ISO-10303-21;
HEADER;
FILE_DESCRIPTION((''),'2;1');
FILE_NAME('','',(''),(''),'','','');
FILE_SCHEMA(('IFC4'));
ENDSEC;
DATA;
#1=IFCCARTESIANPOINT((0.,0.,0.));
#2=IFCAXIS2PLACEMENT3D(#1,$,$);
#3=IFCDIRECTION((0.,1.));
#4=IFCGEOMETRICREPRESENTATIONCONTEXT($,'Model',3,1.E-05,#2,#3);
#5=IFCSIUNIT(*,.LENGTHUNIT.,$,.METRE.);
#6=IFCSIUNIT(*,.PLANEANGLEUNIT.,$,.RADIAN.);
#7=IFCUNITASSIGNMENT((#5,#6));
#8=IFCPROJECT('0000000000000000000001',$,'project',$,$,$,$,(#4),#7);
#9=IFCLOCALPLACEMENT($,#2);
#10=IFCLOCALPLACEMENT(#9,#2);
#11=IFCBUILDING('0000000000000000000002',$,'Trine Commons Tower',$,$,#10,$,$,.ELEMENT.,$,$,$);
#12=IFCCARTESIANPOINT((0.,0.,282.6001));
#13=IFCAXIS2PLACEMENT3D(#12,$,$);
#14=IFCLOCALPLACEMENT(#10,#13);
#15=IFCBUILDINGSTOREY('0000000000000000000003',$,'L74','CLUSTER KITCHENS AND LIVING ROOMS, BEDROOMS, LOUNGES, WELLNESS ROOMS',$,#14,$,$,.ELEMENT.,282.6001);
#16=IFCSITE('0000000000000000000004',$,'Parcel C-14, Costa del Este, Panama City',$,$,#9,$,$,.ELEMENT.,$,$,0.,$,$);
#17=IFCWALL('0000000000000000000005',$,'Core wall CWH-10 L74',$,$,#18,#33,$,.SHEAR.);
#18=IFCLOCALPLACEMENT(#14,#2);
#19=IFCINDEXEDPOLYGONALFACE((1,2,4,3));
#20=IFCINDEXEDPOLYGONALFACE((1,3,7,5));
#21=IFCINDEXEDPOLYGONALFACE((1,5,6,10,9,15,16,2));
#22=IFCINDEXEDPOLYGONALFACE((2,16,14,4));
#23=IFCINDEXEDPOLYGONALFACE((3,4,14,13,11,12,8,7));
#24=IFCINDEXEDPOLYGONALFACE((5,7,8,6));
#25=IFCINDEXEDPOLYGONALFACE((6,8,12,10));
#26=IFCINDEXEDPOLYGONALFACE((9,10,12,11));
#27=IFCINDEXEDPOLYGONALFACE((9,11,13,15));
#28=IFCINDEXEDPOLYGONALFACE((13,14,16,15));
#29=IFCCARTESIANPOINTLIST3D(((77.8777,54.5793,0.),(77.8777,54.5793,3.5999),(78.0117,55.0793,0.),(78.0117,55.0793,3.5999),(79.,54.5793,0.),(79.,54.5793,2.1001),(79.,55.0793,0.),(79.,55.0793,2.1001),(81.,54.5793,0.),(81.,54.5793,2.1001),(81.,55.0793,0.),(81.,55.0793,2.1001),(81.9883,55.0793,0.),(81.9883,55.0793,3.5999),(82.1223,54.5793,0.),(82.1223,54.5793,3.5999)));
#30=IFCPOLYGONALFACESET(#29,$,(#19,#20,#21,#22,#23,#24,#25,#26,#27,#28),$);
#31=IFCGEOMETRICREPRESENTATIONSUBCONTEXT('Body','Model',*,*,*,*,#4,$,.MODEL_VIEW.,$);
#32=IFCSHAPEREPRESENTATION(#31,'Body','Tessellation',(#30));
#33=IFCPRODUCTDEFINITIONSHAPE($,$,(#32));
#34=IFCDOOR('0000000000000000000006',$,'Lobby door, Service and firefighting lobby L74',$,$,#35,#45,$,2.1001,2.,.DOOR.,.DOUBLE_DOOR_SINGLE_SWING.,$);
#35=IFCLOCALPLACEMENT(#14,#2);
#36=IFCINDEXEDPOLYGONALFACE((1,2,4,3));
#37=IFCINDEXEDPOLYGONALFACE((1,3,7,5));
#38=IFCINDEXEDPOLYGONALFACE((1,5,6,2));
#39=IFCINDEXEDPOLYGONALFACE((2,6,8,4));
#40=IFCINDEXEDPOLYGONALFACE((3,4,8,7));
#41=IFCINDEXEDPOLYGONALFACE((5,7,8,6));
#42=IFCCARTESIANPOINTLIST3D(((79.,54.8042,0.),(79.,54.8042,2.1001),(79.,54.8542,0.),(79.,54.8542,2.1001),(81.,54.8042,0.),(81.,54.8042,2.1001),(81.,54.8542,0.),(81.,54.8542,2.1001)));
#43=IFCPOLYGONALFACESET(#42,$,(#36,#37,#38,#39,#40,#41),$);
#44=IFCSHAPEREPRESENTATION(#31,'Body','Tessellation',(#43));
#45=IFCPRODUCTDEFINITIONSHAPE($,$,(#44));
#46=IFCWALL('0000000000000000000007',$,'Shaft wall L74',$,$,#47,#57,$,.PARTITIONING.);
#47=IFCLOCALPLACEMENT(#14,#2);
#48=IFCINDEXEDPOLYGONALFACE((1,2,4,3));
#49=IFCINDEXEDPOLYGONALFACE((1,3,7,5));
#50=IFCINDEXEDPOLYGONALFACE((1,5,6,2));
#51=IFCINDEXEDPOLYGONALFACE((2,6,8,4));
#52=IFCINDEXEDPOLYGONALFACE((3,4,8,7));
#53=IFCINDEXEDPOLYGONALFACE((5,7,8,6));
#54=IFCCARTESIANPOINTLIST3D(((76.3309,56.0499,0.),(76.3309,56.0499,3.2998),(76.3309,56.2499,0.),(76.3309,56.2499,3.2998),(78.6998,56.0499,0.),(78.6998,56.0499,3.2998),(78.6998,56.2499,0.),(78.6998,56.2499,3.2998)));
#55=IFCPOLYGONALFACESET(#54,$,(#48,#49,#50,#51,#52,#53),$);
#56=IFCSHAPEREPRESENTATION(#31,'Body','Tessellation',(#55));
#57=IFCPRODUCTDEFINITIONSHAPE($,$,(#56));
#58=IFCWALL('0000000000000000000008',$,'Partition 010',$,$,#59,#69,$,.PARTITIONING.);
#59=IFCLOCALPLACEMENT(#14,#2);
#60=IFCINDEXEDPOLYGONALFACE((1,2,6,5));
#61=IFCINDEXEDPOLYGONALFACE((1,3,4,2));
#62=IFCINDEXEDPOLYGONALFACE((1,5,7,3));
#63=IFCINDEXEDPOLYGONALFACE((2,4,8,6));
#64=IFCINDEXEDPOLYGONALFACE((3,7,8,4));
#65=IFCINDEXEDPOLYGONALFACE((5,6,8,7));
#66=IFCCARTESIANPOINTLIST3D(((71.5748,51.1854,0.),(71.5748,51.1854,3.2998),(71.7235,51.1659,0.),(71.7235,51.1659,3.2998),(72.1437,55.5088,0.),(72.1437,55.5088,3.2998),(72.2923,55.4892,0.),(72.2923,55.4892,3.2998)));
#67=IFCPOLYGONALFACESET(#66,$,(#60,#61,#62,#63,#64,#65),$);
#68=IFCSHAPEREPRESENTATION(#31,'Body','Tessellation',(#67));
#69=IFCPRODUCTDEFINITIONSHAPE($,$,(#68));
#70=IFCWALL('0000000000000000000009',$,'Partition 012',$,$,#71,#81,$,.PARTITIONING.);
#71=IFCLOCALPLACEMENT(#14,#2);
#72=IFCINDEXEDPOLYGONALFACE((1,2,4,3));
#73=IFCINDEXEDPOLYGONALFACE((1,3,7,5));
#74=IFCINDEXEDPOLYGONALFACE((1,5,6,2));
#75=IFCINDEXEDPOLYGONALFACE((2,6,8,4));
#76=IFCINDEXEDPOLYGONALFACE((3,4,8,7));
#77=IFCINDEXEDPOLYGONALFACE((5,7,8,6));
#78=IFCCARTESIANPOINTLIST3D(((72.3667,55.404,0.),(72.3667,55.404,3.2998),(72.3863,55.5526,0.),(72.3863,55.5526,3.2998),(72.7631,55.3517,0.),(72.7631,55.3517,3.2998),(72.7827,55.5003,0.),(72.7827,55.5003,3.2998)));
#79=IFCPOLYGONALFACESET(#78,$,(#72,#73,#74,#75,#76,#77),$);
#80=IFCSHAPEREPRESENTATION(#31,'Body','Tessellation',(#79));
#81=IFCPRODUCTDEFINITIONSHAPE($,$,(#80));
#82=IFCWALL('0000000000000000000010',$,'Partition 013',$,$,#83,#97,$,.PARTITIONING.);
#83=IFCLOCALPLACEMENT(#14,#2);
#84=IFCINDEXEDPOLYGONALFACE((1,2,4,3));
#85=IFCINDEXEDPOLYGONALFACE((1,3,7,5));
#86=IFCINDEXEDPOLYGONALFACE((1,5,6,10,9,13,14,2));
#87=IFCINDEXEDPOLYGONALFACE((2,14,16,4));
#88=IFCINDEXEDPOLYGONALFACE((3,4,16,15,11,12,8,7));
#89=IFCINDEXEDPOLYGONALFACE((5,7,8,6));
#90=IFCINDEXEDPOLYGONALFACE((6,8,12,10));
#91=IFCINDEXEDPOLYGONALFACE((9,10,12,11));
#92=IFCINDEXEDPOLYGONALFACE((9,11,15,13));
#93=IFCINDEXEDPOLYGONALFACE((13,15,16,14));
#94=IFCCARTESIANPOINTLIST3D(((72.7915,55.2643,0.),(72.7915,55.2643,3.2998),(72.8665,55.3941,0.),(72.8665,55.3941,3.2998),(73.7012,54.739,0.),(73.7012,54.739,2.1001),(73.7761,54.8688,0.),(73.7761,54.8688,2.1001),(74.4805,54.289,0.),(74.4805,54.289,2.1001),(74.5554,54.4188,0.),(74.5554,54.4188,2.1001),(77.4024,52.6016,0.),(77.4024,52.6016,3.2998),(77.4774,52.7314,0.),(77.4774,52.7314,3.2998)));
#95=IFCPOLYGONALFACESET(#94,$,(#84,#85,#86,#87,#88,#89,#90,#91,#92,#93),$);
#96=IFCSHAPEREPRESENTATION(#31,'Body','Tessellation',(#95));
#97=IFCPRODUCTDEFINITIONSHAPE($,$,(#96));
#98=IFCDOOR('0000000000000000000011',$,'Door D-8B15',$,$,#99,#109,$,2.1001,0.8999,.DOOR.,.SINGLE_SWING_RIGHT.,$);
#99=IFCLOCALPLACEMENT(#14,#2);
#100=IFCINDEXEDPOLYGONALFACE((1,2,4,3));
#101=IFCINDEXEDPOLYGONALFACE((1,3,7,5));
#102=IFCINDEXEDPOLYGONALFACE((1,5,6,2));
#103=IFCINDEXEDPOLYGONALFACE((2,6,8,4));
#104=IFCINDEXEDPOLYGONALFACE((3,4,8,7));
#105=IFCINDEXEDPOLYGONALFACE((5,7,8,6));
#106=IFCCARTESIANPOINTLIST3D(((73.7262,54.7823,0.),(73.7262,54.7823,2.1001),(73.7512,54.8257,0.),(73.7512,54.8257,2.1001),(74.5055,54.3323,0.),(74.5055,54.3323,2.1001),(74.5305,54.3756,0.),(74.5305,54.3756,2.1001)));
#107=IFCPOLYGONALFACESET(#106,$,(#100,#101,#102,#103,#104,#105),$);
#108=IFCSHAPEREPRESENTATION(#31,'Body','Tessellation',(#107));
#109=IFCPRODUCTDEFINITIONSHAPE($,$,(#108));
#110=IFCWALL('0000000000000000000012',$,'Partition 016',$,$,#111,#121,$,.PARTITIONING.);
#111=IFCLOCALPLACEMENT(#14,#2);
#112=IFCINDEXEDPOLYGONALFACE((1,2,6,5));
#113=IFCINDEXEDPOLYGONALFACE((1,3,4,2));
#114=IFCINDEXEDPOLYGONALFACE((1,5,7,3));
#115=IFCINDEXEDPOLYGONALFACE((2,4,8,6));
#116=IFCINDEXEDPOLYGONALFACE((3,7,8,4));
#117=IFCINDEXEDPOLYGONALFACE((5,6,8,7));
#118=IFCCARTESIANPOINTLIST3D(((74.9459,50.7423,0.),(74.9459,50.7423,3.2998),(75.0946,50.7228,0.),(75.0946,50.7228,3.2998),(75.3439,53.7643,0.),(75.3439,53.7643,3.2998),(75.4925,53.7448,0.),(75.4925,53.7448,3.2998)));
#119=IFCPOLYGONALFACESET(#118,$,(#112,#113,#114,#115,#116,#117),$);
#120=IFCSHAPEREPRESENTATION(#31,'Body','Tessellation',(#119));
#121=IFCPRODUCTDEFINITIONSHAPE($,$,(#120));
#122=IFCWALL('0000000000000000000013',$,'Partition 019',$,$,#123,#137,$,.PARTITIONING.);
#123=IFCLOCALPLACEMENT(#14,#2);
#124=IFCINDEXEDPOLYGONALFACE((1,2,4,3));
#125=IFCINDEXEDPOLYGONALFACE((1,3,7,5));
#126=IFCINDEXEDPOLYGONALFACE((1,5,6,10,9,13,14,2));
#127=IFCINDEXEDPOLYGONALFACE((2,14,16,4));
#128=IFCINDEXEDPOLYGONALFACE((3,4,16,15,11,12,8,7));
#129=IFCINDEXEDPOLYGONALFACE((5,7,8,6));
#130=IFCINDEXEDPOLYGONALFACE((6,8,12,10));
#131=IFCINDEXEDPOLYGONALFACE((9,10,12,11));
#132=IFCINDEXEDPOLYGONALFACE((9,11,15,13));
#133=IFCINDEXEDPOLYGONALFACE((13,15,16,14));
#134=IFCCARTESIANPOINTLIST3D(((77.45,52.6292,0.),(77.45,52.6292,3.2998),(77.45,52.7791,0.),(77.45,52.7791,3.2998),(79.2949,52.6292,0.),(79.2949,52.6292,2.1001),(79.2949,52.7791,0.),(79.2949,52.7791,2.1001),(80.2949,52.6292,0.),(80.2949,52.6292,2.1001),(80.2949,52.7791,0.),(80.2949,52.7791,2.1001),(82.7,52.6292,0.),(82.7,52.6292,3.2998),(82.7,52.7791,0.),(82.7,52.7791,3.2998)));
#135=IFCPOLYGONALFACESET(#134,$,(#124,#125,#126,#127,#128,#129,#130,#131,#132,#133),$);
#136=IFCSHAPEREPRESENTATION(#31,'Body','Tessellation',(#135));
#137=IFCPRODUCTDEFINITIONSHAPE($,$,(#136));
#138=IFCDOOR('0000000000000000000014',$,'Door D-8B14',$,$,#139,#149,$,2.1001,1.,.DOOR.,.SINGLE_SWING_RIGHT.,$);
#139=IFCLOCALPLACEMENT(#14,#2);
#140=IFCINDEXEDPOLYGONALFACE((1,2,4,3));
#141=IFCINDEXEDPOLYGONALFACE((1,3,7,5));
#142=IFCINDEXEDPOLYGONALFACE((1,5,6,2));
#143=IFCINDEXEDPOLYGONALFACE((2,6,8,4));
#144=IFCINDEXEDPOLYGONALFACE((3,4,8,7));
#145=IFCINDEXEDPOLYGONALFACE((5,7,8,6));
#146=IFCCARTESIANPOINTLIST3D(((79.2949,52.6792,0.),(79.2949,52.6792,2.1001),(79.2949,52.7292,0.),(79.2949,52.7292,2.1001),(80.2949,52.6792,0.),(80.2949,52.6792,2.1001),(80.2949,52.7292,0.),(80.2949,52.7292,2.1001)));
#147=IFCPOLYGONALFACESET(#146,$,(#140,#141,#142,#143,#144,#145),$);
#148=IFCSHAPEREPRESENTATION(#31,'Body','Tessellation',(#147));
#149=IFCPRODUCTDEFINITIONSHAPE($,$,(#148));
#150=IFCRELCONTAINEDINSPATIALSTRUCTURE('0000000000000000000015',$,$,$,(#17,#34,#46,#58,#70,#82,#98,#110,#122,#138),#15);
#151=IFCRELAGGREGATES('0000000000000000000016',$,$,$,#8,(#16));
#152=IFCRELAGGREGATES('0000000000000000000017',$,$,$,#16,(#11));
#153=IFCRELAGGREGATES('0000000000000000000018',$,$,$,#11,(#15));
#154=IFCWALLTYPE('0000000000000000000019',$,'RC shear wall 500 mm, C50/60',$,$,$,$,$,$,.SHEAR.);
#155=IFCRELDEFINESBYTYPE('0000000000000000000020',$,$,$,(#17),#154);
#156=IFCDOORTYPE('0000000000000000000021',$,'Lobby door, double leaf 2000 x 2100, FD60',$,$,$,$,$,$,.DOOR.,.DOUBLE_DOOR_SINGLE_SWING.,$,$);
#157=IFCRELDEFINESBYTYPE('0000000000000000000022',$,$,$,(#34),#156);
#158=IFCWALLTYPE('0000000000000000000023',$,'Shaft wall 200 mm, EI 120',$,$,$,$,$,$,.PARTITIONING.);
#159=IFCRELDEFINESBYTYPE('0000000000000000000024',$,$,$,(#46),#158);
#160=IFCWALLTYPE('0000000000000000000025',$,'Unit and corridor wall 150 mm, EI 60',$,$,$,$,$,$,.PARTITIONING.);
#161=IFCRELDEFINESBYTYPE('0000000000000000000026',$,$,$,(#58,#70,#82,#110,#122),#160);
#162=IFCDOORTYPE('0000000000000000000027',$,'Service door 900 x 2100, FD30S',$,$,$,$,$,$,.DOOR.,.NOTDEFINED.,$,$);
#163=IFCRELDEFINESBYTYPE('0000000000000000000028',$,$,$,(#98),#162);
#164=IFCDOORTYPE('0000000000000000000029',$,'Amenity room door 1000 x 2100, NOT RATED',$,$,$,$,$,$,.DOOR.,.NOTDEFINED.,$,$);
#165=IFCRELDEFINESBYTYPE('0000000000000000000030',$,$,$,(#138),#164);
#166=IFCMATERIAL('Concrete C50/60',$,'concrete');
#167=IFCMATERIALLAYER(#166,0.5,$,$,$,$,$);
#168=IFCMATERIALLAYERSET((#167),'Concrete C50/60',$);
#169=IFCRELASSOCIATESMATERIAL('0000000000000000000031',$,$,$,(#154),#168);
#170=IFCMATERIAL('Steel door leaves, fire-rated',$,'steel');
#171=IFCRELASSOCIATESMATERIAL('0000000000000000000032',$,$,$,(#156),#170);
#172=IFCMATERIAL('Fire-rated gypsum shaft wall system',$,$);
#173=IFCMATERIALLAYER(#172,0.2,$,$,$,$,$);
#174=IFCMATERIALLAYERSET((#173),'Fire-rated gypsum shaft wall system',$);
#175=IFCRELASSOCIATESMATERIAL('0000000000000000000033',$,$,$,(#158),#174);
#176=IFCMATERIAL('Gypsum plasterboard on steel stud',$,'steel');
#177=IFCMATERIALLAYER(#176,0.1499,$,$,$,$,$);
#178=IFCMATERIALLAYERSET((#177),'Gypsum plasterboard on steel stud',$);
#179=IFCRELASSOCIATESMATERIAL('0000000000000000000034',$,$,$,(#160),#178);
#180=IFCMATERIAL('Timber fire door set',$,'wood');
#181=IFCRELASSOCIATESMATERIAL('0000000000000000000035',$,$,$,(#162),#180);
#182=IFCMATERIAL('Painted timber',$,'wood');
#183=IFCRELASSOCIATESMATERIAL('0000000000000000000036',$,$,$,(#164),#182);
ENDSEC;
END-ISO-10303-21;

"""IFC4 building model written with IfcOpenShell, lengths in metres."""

from ifc_helpers import new_model, si_unit, direction, frame, frame_2d, origin, place, context, subcontext, project, spatial, polyline, rectangle, outline, extrude, material, layer, layer_set, type_object, element, fill, save


model = new_model("IFC4")

# Units and contexts
model_context = context("Model", 3, precision=1e-05, world=origin(), true_north=direction((0.0, 1.0)))
body_context = subcontext(model_context, "Body", "Model", "MODEL_VIEW")
ifc_project = project(units=[si_unit("LENGTHUNIT", "METRE"), si_unit("PLANEANGLEUNIT", "RADIAN")], contexts=[model_context])

# Site, building, storey
site_placement = place(None, origin())
site = spatial("IfcSite", under=ifc_project, at=site_placement, Name="Parcel C-14, Costa del Este, Panama City", CompositionType="ELEMENT", RefElevation=0.0)
building_placement = place(site_placement, origin())
building = spatial("IfcBuilding", under=site, at=building_placement, Name="Trine Commons Tower", CompositionType="ELEMENT")
storey_placement = place(building_placement, frame((0.0, 0.0, 282.6001)))
storey = spatial("IfcBuildingStorey", under=building, at=storey_placement, Name="L74", Description="CLUSTER KITCHENS AND LIVING ROOMS, BEDROOMS, LOUNGES, WELLNESS ROOMS", CompositionType="ELEMENT", Elevation=282.6001)

# Shared definitions
ifc_material_1 = material(Name="Concrete C50/60", Category="concrete")

# Shared definitions
ifc_layer_1 = layer(ifc_material_1, 0.5)
ifc_layer_set_1 = layer_set([ifc_layer_1], Name="Concrete C50/60")
wall_type_1 = type_object("IfcWallType", Name="RC shear wall 500 mm, C50/60", PredefinedType="SHEAR", material=ifc_layer_set_1)

# Wall, opening, door
wall_1_placement = place(storey_placement, frame((77.8777, 54.8293, 0.0), z_axis=(0.0, 0.0, 1.0), x_axis=(1.0, 0.0, 0.0)))
wall_1 = element("IfcWall", 1, at=wall_1_placement, inside=storey, type_object=wall_type_1, Name="Core wall CWH-10 L74", PredefinedType="SHEAR", context=body_context, shape_type="SweptSolid", body=[
    extrude(outline(polyline([(0.0, -0.25), (4.2446, -0.25), (4.1106, 0.25), (0.134, 0.25), (0.0, -0.25)])), origin(), (0.0, 0.0, 1.0), 3.5999),
])
opening_1_placement = place(wall_1_placement, frame((1.1223, 0.0, 0.0)))
opening_1 = element("IfcOpeningElement", 2, at=opening_1_placement, cuts=wall_1, PredefinedType="OPENING", context=body_context, shape_type="SweptSolid", body=[
    extrude(rectangle(XDim=2.0, YDim=2.1001, at=frame_2d((1.0, 1.05))), frame((0.0, 0.26, 0.0), z_axis=(0.0, -1.0, 0.0), x_axis=(1.0, 0.0, 0.0)), (0.0, 0.0, 1.0), 0.52),
])
ifc_material_2 = material(Name="Steel door leaves, fire-rated", Category="steel")
door_type_1 = type_object("IfcDoorType", Name="Lobby door, double leaf 2000 x 2100, FD60", OperationType="DOUBLE_DOOR_SINGLE_SWING", PredefinedType="DOOR", material=ifc_material_2)
door_1_placement = place(opening_1_placement, origin())
door_1 = element("IfcDoor", 3, at=door_1_placement, inside=storey, type_object=door_type_1, Name="Lobby door, Service and firefighting lobby L74", OperationType="DOUBLE_DOOR_SINGLE_SWING", OverallHeight=2.1001, OverallWidth=2.0, PredefinedType="DOOR", context=body_context, shape_type="SweptSolid", body=[
    extrude(rectangle(XDim=2.0, YDim=2.1001, at=frame_2d((1.0, 1.05))), frame((0.0, 0.0249, 0.0), z_axis=(0.0, -1.0, 0.0), x_axis=(1.0, 0.0, 0.0)), (0.0, 0.0, 1.0), 0.05),
])
fill(opening_1, door_1)

# Walls
ifc_material_3 = material(Name="Fire-rated gypsum shaft wall system")
ifc_layer_2 = layer(ifc_material_3, 0.2)
ifc_layer_set_2 = layer_set([ifc_layer_2], Name="Fire-rated gypsum shaft wall system")
wall_type_2 = type_object("IfcWallType", Name="Shaft wall 200 mm, EI 120", PredefinedType="PARTITIONING", material=ifc_layer_set_2)
wall_2_placement = place(storey_placement, frame((78.7, 56.1499, 0.0), z_axis=(0.0, 0.0, 1.0), x_axis=(-1.0, 0.0, 0.0)))
element("IfcWall", 4, at=wall_2_placement, inside=storey, type_object=wall_type_2, Name="Shaft wall L74", PredefinedType="PARTITIONING", context=body_context, shape_type="SweptSolid", body=[
    extrude(rectangle(XDim=2.3689, YDim=0.2, at=frame_2d((1.1846, 0.0))), origin(), (0.0, 0.0, 1.0), 3.2998),
])
ifc_material_4 = material(Name="Gypsum plasterboard on steel stud", Category="steel")
ifc_layer_3 = layer(ifc_material_4, 0.1499)
ifc_layer_set_3 = layer_set([ifc_layer_3], Name="Gypsum plasterboard on steel stud")
wall_type_3 = type_object("IfcWallType", Name="Unit and corridor wall 150 mm, EI 60", PredefinedType="PARTITIONING", material=ifc_layer_set_3)
wall_3_placement = place(storey_placement, frame((71.6492, 51.1758, 0.0), z_axis=(0.0, 0.0, 1.0), x_axis=(0.130455, 0.991454, 0.0)))
element("IfcWall", 5, at=wall_3_placement, inside=storey, type_object=wall_type_3, Name="Partition 010", PredefinedType="PARTITIONING", context=body_context, shape_type="SweptSolid", body=[
    extrude(rectangle(XDim=4.3606, YDim=0.1499, at=frame_2d((2.1802, 0.0))), origin(), (0.0, 0.0, 1.0), 3.2998),
])
wall_4_placement = place(storey_placement, frame((72.3765, 55.4783, 0.0), z_axis=(0.0, 0.0, 1.0), x_axis=(0.991429, -0.130644, 0.0)))
element("IfcWall", 6, at=wall_4_placement, inside=storey, type_object=wall_type_3, Name="Partition 012", PredefinedType="PARTITIONING", context=body_context, shape_type="SweptSolid", body=[
    extrude(rectangle(XDim=0.3999, YDim=0.1499, at=frame_2d((0.2, 0.0))), origin(), (0.0, 0.0, 1.0), 3.2998),
])

# Wall, opening, door
wall_5_placement = place(storey_placement, frame((72.8291, 55.3291, 0.0), z_axis=(0.0, 0.0, 1.0), x_axis=(0.865982, -0.500074, 0.0)))
wall_5 = element("IfcWall", 7, at=wall_5_placement, inside=storey, type_object=wall_type_3, Name="Partition 013", PredefinedType="PARTITIONING", context=body_context, shape_type="SweptSolid", body=[
    extrude(rectangle(XDim=5.3245, YDim=0.1499, at=frame_2d((2.6621, 0.0))), origin(), (0.0, 0.0, 1.0), 3.2998),
])
opening_2_placement = place(wall_5_placement, frame((1.0503, 0.0, 0.0)))
opening_2 = element("IfcOpeningElement", 8, at=opening_2_placement, cuts=wall_5, PredefinedType="OPENING", context=body_context, shape_type="SweptSolid", body=[
    extrude(rectangle(XDim=0.8999, YDim=2.1001, at=frame_2d((0.45, 1.05))), frame((0.0, 0.085, 0.0), z_axis=(0.0, -1.0, 0.0), x_axis=(1.0, 0.0, 0.0)), (0.0, 0.0, 1.0), 0.1699),
])
ifc_material_5 = material(Name="Timber fire door set", Category="wood")
door_type_2 = type_object("IfcDoorType", Name="Service door 900 x 2100, FD30S", OperationType="NOTDEFINED", PredefinedType="DOOR", material=ifc_material_5)
door_2_placement = place(opening_2_placement, frame((0.8999, 0.0, 0.0), z_axis=(0.0, 0.0, 1.0), x_axis=(-1.0, 0.0, 0.0)))
door_2 = element("IfcDoor", 9, at=door_2_placement, inside=storey, type_object=door_type_2, Name="Door D-8B15", OperationType="SINGLE_SWING_RIGHT", OverallHeight=2.1001, OverallWidth=0.8999, PredefinedType="DOOR", context=body_context, shape_type="SweptSolid", body=[
    extrude(rectangle(XDim=0.8999, YDim=2.1001, at=frame_2d((0.45, 1.05))), frame((0.0, 0.0249, 0.0), z_axis=(0.0, -1.0, 0.0), x_axis=(1.0, 0.0, 0.0)), (0.0, 0.0, 1.0), 0.05),
])
fill(opening_2, door_2)

# Wall
wall_6_placement = place(storey_placement, frame((75.0203, 50.7327, 0.0), z_axis=(0.0, 0.0, 1.0), x_axis=(0.130558, 0.991441, 0.0)))
element("IfcWall", 10, at=wall_6_placement, inside=storey, type_object=wall_type_3, Name="Partition 016", PredefinedType="PARTITIONING", context=body_context, shape_type="SweptSolid", body=[
    extrude(rectangle(XDim=3.0481, YDim=0.1499, at=frame_2d((1.5239, 0.0))), origin(), (0.0, 0.0, 1.0), 3.2998),
])

# Wall, opening, door
wall_7_placement = place(storey_placement, frame((77.45, 52.7041, 0.0), z_axis=(0.0, 0.0, 1.0), x_axis=(1.0, 0.0, 0.0)))
wall_7 = element("IfcWall", 11, at=wall_7_placement, inside=storey, type_object=wall_type_3, Name="Partition 019", PredefinedType="PARTITIONING", context=body_context, shape_type="SweptSolid", body=[
    extrude(rectangle(XDim=5.25, YDim=0.1499, at=frame_2d((2.625, 0.0))), origin(), (0.0, 0.0, 1.0), 3.2998),
])
opening_3_placement = place(wall_7_placement, frame((1.845, 0.0, 0.0)))
opening_3 = element("IfcOpeningElement", 12, at=opening_3_placement, cuts=wall_7, PredefinedType="OPENING", context=body_context, shape_type="SweptSolid", body=[
    extrude(rectangle(XDim=1.0, YDim=2.1001, at=frame_2d((0.5, 1.05))), frame((0.0, 0.085, 0.0), z_axis=(0.0, -1.0, 0.0), x_axis=(1.0, 0.0, 0.0)), (0.0, 0.0, 1.0), 0.1699),
])
ifc_material_6 = material(Name="Painted timber", Category="wood")
door_type_3 = type_object("IfcDoorType", Name="Amenity room door 1000 x 2100, NOT RATED", OperationType="NOTDEFINED", PredefinedType="DOOR", material=ifc_material_6)
door_3_placement = place(opening_3_placement, frame((1.0, 0.0, 0.0), z_axis=(0.0, 0.0, 1.0), x_axis=(-1.0, 0.0, 0.0)))
door_3 = element("IfcDoor", 13, at=door_3_placement, inside=storey, type_object=door_type_3, Name="Door D-8B14", OperationType="SINGLE_SWING_RIGHT", OverallHeight=2.1001, OverallWidth=1.0, PredefinedType="DOOR", context=body_context, shape_type="SweptSolid", body=[
    extrude(rectangle(XDim=1.0, YDim=2.1001, at=frame_2d((0.5, 1.05))), frame((0.0, 0.0249, 0.0), z_axis=(0.0, -1.0, 0.0), x_axis=(1.0, 0.0, 0.0)), (0.0, 0.0, 1.0), 0.05),
])
fill(opening_3, door_3)

save(model, "model.ifc")
